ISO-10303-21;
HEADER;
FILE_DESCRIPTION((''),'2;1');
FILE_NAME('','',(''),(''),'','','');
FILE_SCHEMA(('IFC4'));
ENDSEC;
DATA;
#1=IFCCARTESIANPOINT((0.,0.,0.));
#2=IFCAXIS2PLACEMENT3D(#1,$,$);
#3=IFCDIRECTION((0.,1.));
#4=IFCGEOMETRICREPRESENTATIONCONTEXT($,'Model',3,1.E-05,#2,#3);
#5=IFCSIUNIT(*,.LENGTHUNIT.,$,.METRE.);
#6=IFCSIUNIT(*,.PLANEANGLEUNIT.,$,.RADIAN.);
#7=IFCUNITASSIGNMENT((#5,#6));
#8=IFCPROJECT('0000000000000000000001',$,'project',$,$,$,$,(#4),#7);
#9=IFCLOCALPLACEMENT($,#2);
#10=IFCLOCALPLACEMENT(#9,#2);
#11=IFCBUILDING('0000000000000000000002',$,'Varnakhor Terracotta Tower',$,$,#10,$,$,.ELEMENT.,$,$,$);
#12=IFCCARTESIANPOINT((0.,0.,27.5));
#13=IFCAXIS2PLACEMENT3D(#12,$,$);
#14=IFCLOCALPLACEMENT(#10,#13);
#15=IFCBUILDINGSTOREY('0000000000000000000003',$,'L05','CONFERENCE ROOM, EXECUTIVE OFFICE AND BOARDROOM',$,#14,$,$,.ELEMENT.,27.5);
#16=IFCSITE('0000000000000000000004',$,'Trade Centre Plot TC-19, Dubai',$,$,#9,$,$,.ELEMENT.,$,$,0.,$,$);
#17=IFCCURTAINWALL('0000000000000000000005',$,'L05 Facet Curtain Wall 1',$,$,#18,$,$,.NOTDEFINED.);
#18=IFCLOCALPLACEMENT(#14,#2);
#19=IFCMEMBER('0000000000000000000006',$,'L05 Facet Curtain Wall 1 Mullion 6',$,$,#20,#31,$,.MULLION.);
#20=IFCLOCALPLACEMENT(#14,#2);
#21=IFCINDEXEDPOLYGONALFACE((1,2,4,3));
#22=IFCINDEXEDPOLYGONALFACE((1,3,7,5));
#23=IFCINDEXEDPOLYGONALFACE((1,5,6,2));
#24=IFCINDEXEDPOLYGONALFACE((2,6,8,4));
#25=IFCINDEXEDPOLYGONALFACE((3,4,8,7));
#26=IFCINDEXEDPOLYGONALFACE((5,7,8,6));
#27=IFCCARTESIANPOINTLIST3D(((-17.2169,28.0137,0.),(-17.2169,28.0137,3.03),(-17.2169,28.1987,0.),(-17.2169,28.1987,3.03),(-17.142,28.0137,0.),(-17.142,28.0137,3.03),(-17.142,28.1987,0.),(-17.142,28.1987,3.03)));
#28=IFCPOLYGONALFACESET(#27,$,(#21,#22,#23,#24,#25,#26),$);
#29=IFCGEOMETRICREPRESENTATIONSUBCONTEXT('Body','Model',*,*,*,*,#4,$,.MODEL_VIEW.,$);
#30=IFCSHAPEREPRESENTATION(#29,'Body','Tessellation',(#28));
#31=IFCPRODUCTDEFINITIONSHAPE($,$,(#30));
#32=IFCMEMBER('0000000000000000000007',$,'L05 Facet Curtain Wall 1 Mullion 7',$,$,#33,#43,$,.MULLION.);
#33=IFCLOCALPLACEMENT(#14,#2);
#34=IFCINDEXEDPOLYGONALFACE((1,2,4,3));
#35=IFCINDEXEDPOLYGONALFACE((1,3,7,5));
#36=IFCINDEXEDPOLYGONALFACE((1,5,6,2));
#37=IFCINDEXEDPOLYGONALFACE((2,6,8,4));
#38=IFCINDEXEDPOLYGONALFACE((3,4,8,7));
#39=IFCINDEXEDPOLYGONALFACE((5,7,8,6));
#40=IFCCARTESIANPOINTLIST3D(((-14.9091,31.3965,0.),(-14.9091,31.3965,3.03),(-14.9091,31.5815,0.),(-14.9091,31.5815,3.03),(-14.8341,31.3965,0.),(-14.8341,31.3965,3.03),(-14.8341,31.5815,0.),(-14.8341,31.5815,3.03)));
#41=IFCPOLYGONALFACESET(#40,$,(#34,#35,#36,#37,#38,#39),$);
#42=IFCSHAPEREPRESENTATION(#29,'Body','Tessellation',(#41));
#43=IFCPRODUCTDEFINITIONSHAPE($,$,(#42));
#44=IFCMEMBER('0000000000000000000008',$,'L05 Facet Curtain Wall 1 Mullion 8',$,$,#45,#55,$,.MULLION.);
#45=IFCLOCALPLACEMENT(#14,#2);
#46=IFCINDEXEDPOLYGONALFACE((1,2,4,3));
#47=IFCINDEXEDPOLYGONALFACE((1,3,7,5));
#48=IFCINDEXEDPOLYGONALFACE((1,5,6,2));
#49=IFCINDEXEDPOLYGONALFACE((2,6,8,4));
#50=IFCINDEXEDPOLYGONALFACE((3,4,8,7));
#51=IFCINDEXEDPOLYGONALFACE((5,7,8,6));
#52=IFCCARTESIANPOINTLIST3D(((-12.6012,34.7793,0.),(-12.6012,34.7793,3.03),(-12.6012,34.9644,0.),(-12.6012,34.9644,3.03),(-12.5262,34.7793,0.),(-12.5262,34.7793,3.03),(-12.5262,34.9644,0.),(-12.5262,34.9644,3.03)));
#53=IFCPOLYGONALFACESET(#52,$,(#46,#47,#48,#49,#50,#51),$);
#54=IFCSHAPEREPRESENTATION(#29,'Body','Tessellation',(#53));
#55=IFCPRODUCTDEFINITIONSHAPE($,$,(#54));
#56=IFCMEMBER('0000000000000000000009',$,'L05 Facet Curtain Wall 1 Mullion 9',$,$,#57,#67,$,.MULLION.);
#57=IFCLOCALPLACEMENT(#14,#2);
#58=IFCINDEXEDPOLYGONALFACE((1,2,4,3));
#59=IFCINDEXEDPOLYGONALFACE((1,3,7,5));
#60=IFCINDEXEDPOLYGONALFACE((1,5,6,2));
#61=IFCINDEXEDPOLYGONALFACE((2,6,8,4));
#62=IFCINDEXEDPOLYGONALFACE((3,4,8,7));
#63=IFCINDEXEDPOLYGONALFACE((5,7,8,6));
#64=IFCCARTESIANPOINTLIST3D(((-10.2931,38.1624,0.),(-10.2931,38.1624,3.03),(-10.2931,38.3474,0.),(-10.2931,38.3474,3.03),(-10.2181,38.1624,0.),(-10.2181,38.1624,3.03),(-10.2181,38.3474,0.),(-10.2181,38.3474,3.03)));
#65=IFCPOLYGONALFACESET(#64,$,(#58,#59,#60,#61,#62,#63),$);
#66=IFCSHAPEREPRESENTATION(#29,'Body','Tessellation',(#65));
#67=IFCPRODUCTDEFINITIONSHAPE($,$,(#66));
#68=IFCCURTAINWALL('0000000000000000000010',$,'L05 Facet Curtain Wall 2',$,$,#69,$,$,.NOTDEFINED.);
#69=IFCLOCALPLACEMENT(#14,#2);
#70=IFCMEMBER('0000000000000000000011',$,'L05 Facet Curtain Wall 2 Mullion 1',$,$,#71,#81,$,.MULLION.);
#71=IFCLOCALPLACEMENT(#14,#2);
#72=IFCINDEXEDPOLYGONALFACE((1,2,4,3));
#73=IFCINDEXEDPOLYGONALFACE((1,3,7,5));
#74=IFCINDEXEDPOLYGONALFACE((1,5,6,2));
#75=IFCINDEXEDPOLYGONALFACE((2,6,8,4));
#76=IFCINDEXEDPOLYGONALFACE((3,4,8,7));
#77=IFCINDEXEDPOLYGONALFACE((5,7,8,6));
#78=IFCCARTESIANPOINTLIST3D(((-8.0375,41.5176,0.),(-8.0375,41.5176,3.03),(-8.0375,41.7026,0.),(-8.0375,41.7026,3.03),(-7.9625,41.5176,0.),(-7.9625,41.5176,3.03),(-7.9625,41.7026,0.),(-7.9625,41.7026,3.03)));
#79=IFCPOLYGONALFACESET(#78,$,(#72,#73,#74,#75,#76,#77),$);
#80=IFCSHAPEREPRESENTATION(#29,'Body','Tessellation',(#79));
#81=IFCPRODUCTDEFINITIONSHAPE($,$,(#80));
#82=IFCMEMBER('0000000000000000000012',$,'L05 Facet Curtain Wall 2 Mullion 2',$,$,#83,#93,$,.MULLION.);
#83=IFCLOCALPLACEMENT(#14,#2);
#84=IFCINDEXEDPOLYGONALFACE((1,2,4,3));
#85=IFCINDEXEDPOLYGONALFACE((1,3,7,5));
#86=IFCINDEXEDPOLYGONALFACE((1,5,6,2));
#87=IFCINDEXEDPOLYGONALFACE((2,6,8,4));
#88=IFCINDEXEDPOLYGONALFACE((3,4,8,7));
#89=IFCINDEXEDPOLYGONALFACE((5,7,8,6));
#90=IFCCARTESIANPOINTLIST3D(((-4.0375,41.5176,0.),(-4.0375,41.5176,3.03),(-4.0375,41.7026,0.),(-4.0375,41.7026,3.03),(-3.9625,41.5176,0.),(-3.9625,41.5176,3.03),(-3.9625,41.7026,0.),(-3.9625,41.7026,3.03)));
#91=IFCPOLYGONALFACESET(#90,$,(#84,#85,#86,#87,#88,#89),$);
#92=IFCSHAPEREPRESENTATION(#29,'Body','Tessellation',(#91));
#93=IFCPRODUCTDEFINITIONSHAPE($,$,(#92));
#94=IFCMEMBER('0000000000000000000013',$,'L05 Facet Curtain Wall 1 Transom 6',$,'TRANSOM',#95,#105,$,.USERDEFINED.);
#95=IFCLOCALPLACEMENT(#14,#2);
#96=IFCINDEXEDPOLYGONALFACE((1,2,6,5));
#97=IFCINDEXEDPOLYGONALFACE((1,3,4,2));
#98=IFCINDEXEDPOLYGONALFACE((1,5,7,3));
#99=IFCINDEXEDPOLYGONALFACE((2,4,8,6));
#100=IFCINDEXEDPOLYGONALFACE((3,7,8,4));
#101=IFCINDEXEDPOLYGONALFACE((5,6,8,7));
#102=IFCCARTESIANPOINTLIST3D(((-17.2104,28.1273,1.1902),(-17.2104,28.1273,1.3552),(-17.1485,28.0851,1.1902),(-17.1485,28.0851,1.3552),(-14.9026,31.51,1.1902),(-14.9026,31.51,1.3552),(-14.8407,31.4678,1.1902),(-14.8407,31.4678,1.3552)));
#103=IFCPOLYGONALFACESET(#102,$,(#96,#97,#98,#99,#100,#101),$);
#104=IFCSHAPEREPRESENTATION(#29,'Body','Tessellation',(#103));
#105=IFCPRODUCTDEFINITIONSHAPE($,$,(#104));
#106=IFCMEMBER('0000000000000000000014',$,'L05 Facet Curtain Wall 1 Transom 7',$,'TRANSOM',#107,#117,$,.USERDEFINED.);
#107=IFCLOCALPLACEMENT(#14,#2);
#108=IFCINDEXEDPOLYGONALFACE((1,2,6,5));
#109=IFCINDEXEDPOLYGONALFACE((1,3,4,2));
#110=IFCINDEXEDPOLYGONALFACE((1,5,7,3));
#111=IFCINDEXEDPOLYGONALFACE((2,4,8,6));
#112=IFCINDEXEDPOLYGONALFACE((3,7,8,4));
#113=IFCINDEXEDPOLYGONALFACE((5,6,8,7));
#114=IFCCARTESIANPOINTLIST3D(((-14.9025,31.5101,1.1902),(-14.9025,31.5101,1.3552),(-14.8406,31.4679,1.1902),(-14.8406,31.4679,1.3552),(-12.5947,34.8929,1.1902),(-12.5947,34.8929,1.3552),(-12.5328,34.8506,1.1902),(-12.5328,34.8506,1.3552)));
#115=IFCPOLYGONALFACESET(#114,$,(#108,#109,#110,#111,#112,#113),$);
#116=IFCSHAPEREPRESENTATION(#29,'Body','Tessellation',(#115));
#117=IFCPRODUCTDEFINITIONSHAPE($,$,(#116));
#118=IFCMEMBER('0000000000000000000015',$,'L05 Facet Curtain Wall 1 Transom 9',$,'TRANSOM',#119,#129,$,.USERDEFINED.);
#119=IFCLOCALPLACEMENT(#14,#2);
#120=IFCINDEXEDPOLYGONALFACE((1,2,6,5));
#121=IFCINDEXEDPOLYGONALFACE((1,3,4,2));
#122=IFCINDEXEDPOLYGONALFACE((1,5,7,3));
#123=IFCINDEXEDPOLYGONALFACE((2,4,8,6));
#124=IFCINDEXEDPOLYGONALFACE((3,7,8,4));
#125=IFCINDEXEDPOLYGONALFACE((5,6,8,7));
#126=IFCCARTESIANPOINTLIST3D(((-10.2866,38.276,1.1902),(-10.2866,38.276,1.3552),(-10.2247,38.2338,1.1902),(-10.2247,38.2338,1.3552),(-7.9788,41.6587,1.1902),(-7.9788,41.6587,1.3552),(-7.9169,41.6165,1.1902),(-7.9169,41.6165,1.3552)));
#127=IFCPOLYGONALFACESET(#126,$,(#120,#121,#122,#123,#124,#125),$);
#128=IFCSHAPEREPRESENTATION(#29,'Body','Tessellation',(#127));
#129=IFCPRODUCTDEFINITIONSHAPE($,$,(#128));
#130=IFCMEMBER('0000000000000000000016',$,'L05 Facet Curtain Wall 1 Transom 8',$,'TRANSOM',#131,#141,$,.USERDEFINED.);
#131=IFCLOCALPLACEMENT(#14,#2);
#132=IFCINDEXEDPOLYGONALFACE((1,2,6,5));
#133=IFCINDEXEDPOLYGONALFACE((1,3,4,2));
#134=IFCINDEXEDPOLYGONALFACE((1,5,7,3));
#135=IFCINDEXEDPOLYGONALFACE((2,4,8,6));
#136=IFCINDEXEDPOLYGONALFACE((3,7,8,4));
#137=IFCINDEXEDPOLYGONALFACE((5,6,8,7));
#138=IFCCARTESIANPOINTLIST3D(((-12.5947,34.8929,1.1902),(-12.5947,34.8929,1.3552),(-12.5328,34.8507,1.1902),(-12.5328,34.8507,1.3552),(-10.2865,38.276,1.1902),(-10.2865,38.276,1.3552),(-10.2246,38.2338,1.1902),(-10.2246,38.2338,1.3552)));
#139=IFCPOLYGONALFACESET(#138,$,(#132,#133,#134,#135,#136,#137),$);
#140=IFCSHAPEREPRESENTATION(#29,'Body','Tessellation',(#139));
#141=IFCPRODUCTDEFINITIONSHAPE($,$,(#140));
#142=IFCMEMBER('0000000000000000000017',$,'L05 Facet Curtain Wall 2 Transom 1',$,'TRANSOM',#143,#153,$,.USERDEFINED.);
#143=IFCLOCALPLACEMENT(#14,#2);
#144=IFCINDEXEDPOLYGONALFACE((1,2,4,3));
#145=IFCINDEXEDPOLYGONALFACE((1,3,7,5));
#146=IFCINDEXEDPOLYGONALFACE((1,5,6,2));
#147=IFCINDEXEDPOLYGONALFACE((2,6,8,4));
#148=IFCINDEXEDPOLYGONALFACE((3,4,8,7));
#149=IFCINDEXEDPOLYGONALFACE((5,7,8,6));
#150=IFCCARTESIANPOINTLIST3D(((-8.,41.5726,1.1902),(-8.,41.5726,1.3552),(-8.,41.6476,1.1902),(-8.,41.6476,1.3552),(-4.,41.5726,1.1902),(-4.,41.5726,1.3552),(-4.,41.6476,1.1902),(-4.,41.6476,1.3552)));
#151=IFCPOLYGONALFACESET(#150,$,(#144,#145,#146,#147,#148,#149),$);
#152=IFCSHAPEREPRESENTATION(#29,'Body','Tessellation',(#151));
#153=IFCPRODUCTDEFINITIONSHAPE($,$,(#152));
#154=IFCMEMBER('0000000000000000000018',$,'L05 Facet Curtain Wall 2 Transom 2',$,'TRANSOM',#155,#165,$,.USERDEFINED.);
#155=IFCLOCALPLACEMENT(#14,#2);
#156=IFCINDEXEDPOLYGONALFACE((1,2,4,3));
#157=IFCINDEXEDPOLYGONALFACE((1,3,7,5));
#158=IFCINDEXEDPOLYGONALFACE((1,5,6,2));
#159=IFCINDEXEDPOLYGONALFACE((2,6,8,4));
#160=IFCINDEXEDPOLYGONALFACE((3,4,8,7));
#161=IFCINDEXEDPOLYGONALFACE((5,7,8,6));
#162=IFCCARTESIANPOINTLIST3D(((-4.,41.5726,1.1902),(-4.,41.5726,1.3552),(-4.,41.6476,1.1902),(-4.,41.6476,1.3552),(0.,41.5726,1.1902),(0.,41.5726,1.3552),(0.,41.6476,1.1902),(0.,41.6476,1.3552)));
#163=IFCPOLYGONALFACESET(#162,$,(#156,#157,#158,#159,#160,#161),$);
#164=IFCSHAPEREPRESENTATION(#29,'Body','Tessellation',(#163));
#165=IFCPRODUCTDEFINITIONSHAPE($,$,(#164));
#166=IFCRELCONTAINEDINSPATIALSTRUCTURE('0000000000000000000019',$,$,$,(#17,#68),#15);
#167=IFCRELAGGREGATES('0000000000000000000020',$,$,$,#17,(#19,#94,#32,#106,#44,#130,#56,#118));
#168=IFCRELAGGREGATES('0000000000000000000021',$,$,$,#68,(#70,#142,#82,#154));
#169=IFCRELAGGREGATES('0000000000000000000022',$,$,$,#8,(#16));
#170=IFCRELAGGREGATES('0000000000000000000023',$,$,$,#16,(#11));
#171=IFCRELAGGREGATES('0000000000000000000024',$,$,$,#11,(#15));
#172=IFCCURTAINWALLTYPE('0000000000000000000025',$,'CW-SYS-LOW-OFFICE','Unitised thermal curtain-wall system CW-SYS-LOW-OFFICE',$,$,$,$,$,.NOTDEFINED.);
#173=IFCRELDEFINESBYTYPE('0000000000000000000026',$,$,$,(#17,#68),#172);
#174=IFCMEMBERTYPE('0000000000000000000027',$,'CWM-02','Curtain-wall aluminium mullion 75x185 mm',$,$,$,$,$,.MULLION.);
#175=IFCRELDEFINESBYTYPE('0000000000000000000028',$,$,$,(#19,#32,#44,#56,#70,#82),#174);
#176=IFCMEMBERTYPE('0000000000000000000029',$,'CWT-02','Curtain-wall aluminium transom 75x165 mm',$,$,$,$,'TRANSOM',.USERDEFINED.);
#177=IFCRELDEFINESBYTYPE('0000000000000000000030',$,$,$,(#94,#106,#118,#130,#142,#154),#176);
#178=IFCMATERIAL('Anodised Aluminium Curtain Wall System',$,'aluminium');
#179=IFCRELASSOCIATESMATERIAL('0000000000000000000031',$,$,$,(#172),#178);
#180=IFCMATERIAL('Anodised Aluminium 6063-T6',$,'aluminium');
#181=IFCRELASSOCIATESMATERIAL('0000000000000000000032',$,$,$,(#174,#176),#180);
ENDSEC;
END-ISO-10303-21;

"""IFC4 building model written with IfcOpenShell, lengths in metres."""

from ifc_helpers import new_model, si_unit, direction, frame, origin, origin_2d, place, context, subcontext, project, spatial, rectangle, extrude, source, transform, mapped, material, material_profile, profile_set, type_object, type_shapes, element, aggregate, save


model = new_model("IFC4")

# Units and contexts
model_context = context("Model", 3, precision=1e-05, world=origin(), true_north=direction((0.0, 1.0)))
body_context = subcontext(model_context, "Body", "Model", "MODEL_VIEW")
ifc_project = project(units=[si_unit("LENGTHUNIT", "METRE"), si_unit("PLANEANGLEUNIT", "RADIAN")], contexts=[model_context])

# Site, building, storey
site_placement = place(None, origin())
site = spatial("IfcSite", under=ifc_project, at=site_placement, Name="Trade Centre Plot TC-19, Dubai", CompositionType="ELEMENT", RefElevation=0.0)
building_placement = place(site_placement, origin())
building = spatial("IfcBuilding", under=site, at=building_placement, Name="Varnakhor Terracotta Tower", CompositionType="ELEMENT")
storey_placement = place(building_placement, frame((0.0, 0.0, 27.5)))
storey = spatial("IfcBuildingStorey", under=building, at=storey_placement, Name="L05", Description="CONFERENCE ROOM, EXECUTIVE OFFICE AND BOARDROOM", CompositionType="ELEMENT", Elevation=27.5)

# Curtain walls, members
ifc_material_1 = material(Name="Anodised Aluminium Curtain Wall System", Category="aluminium")
curtain_wall_type = type_object("IfcCurtainWallType", Name="CW-SYS-LOW-OFFICE", Description="Unitised thermal curtain-wall system CW-SYS-LOW-OFFICE", PredefinedType="NOTDEFINED", material=ifc_material_1)
curtain_wall_1_placement = place(storey_placement, origin())
curtain_wall_1 = element("IfcCurtainWall", 1, at=curtain_wall_1_placement, inside=storey, type_object=curtain_wall_type, Name="L05 Facet Curtain Wall 1", PredefinedType="NOTDEFINED")
ifc_material_2 = material(Name="Anodised Aluminium 6063-T6", Category="aluminium")
ifc_material_profile_1 = material_profile(ifc_material_2, rectangle(XDim=0.075, YDim=0.1851, at=origin_2d()), Name="ALU MULLION 75x185")
ifc_profile_set_1 = profile_set([ifc_material_profile_1], Name="Anodised Aluminium 6063-T6")
member_type_1 = type_object("IfcMemberType", Name="CWM-02", Description="Curtain-wall aluminium mullion 75x185 mm", PredefinedType="MULLION", material=ifc_profile_set_1)
shared_shape_1 = source(origin(), body_context, "Body", "SweptSolid", [
    extrude(rectangle(XDim=0.075, YDim=0.1851, at=origin_2d()), origin(), (0.0, 0.0, 1.0), 3.03),
])
type_shapes(member_type_1, [shared_shape_1])
member_1_placement = place(storey_placement, frame((-17.1794, 28.1062, 0.0), z_axis=(0.0, 0.0, 1.0), x_axis=(1.0, 0.0, 0.0)))
member_1 = element("IfcMember", 2, at=member_1_placement, type_object=member_type_1, Name="L05 Facet Curtain Wall 1 Mullion 6", PredefinedType="MULLION", context=body_context, shape_type="MappedRepresentation", body=[
    mapped(shared_shape_1, transform((0.0, 0.0, 0.0), scale=1.0)),
])
member_2_placement = place(storey_placement, frame((-14.8716, 31.489, 0.0), z_axis=(0.0, 0.0, 1.0), x_axis=(1.0, 0.0, 0.0)))
member_2 = element("IfcMember", 3, at=member_2_placement, type_object=member_type_1, Name="L05 Facet Curtain Wall 1 Mullion 7", PredefinedType="MULLION", context=body_context, shape_type="MappedRepresentation", body=[
    mapped(shared_shape_1, transform((0.0, 0.0, 0.0), scale=1.0)),
])
member_3_placement = place(storey_placement, frame((-12.5637, 34.8718, 0.0), z_axis=(0.0, 0.0, 1.0), x_axis=(1.0, 0.0, 0.0)))
member_3 = element("IfcMember", 4, at=member_3_placement, type_object=member_type_1, Name="L05 Facet Curtain Wall 1 Mullion 8", PredefinedType="MULLION", context=body_context, shape_type="MappedRepresentation", body=[
    mapped(shared_shape_1, transform((0.0, 0.0, 0.0), scale=1.0)),
])
member_4_placement = place(storey_placement, frame((-10.2556, 38.2549, 0.0), z_axis=(0.0, 0.0, 1.0), x_axis=(1.0, 0.0, 0.0)))
member_4 = element("IfcMember", 5, at=member_4_placement, type_object=member_type_1, Name="L05 Facet Curtain Wall 1 Mullion 9", PredefinedType="MULLION", context=body_context, shape_type="MappedRepresentation", body=[
    mapped(shared_shape_1, transform((0.0, 0.0, 0.0), scale=1.0)),
])
curtain_wall_2_placement = place(storey_placement, origin())
curtain_wall_2 = element("IfcCurtainWall", 6, at=curtain_wall_2_placement, inside=storey, type_object=curtain_wall_type, Name="L05 Facet Curtain Wall 2", PredefinedType="NOTDEFINED")
member_5_placement = place(storey_placement, frame((-8.0, 41.6101, 0.0), z_axis=(0.0, 0.0, 1.0), x_axis=(1.0, 0.0, 0.0)))
member_5 = element("IfcMember", 7, at=member_5_placement, type_object=member_type_1, Name="L05 Facet Curtain Wall 2 Mullion 1", PredefinedType="MULLION", context=body_context, shape_type="MappedRepresentation", body=[
    mapped(shared_shape_1, transform((0.0, 0.0, 0.0), scale=1.0)),
])
member_6_placement = place(storey_placement, frame((-4.0, 41.6101, 0.0), z_axis=(0.0, 0.0, 1.0), x_axis=(1.0, 0.0, 0.0)))
member_6 = element("IfcMember", 8, at=member_6_placement, type_object=member_type_1, Name="L05 Facet Curtain Wall 2 Mullion 2", PredefinedType="MULLION", context=body_context, shape_type="MappedRepresentation", body=[
    mapped(shared_shape_1, transform((0.0, 0.0, 0.0), scale=1.0)),
])

# Members
ifc_material_profile_2 = material_profile(ifc_material_2, rectangle(XDim=0.075, YDim=0.165, at=origin_2d()), Name="ALU TRANSOM 75x165")
ifc_profile_set_2 = profile_set([ifc_material_profile_2], Name="Anodised Aluminium 6063-T6")
member_type_2 = type_object("IfcMemberType", Name="CWT-02", Description="Curtain-wall aluminium transom 75x165 mm", ElementType="TRANSOM", PredefinedType="USERDEFINED", material=ifc_profile_set_2)
shared_shape_2 = source(origin(), body_context, "Body", "SweptSolid", [
    extrude(rectangle(XDim=0.075, YDim=0.165, at=origin_2d()), origin(), (0.0, 0.0, 1.0), 4.095),
])
type_shapes(member_type_2, [shared_shape_2])
member_7_placement = place(storey_placement, frame((-17.1794, 28.1062, 1.2727), z_axis=(0.56357, 0.826068, 0.0), x_axis=(-0.826068, 0.56357, 0.0)))
member_7 = element("IfcMember", 9, at=member_7_placement, type_object=member_type_2, Name="L05 Facet Curtain Wall 1 Transom 6", ObjectType="TRANSOM", PredefinedType="USERDEFINED", context=body_context, shape_type="MappedRepresentation", body=[
    mapped(shared_shape_2, transform((0.0, 0.0, 0.0), scale=1.0)),
])
member_8_placement = place(storey_placement, frame((-14.8716, 31.489, 1.2727), z_axis=(0.56357, 0.826068, 0.0), x_axis=(-0.826068, 0.56357, 0.0)))
member_8 = element("IfcMember", 10, at=member_8_placement, type_object=member_type_2, Name="L05 Facet Curtain Wall 1 Transom 7", ObjectType="TRANSOM", PredefinedType="USERDEFINED", context=body_context, shape_type="MappedRepresentation", body=[
    mapped(shared_shape_2, transform((0.0, 0.0, 0.0), scale=1.0)),
])
member_9_placement = place(storey_placement, frame((-10.2556, 38.2549, 1.2727), z_axis=(0.56357, 0.826068, 0.0), x_axis=(-0.826068, 0.56357, 0.0)))
member_9 = element("IfcMember", 11, at=member_9_placement, type_object=member_type_2, Name="L05 Facet Curtain Wall 1 Transom 9", ObjectType="TRANSOM", PredefinedType="USERDEFINED", context=body_context, shape_type="MappedRepresentation", body=[
    mapped(shared_shape_2, transform((0.0, 0.0, 0.0), scale=1.0)),
])
shared_shape_3 = source(origin(), body_context, "Body", "SweptSolid", [
    extrude(rectangle(XDim=0.075, YDim=0.165, at=origin_2d()), origin(), (0.0, 0.0, 1.0), 4.0955),
])
member_10_placement = place(storey_placement, frame((-12.5637, 34.8718, 1.2727), z_axis=(0.563583, 0.82606, 0.0), x_axis=(-0.82606, 0.563583, 0.0)))
member_10 = element("IfcMember", 12, at=member_10_placement, type_object=member_type_2, Name="L05 Facet Curtain Wall 1 Transom 8", ObjectType="TRANSOM", PredefinedType="USERDEFINED", context=body_context, shape_type="MappedRepresentation", body=[
    mapped(shared_shape_3, transform((0.0, 0.0, 0.0), scale=1.0)),
])
shared_shape_4 = source(origin(), body_context, "Body", "SweptSolid", [
    extrude(rectangle(XDim=0.075, YDim=0.165, at=origin_2d()), origin(), (0.0, 0.0, 1.0), 4.0),
])
member_11_placement = place(storey_placement, frame((-8.0, 41.6101, 1.2727), z_axis=(1.0, 0.0, 0.0), x_axis=(0.0, 1.0, 0.0)))
member_11 = element("IfcMember", 13, at=member_11_placement, type_object=member_type_2, Name="L05 Facet Curtain Wall 2 Transom 1", ObjectType="TRANSOM", PredefinedType="USERDEFINED", context=body_context, shape_type="MappedRepresentation", body=[
    mapped(shared_shape_4, transform((0.0, 0.0, 0.0), scale=1.0)),
])
member_12_placement = place(storey_placement, frame((-4.0, 41.6101, 1.2727), z_axis=(1.0, 0.0, 0.0), x_axis=(0.0, 1.0, 0.0)))
member_12 = element("IfcMember", 14, at=member_12_placement, type_object=member_type_2, Name="L05 Facet Curtain Wall 2 Transom 2", ObjectType="TRANSOM", PredefinedType="USERDEFINED", context=body_context, shape_type="MappedRepresentation", body=[
    mapped(shared_shape_4, transform((0.0, 0.0, 0.0), scale=1.0)),
])

aggregate(curtain_wall_1, [member_1, member_7, member_2, member_8, member_3, member_10, member_4, member_9])
aggregate(curtain_wall_2, [member_5, member_11, member_6, member_12])

save(model, "model.ifc")
